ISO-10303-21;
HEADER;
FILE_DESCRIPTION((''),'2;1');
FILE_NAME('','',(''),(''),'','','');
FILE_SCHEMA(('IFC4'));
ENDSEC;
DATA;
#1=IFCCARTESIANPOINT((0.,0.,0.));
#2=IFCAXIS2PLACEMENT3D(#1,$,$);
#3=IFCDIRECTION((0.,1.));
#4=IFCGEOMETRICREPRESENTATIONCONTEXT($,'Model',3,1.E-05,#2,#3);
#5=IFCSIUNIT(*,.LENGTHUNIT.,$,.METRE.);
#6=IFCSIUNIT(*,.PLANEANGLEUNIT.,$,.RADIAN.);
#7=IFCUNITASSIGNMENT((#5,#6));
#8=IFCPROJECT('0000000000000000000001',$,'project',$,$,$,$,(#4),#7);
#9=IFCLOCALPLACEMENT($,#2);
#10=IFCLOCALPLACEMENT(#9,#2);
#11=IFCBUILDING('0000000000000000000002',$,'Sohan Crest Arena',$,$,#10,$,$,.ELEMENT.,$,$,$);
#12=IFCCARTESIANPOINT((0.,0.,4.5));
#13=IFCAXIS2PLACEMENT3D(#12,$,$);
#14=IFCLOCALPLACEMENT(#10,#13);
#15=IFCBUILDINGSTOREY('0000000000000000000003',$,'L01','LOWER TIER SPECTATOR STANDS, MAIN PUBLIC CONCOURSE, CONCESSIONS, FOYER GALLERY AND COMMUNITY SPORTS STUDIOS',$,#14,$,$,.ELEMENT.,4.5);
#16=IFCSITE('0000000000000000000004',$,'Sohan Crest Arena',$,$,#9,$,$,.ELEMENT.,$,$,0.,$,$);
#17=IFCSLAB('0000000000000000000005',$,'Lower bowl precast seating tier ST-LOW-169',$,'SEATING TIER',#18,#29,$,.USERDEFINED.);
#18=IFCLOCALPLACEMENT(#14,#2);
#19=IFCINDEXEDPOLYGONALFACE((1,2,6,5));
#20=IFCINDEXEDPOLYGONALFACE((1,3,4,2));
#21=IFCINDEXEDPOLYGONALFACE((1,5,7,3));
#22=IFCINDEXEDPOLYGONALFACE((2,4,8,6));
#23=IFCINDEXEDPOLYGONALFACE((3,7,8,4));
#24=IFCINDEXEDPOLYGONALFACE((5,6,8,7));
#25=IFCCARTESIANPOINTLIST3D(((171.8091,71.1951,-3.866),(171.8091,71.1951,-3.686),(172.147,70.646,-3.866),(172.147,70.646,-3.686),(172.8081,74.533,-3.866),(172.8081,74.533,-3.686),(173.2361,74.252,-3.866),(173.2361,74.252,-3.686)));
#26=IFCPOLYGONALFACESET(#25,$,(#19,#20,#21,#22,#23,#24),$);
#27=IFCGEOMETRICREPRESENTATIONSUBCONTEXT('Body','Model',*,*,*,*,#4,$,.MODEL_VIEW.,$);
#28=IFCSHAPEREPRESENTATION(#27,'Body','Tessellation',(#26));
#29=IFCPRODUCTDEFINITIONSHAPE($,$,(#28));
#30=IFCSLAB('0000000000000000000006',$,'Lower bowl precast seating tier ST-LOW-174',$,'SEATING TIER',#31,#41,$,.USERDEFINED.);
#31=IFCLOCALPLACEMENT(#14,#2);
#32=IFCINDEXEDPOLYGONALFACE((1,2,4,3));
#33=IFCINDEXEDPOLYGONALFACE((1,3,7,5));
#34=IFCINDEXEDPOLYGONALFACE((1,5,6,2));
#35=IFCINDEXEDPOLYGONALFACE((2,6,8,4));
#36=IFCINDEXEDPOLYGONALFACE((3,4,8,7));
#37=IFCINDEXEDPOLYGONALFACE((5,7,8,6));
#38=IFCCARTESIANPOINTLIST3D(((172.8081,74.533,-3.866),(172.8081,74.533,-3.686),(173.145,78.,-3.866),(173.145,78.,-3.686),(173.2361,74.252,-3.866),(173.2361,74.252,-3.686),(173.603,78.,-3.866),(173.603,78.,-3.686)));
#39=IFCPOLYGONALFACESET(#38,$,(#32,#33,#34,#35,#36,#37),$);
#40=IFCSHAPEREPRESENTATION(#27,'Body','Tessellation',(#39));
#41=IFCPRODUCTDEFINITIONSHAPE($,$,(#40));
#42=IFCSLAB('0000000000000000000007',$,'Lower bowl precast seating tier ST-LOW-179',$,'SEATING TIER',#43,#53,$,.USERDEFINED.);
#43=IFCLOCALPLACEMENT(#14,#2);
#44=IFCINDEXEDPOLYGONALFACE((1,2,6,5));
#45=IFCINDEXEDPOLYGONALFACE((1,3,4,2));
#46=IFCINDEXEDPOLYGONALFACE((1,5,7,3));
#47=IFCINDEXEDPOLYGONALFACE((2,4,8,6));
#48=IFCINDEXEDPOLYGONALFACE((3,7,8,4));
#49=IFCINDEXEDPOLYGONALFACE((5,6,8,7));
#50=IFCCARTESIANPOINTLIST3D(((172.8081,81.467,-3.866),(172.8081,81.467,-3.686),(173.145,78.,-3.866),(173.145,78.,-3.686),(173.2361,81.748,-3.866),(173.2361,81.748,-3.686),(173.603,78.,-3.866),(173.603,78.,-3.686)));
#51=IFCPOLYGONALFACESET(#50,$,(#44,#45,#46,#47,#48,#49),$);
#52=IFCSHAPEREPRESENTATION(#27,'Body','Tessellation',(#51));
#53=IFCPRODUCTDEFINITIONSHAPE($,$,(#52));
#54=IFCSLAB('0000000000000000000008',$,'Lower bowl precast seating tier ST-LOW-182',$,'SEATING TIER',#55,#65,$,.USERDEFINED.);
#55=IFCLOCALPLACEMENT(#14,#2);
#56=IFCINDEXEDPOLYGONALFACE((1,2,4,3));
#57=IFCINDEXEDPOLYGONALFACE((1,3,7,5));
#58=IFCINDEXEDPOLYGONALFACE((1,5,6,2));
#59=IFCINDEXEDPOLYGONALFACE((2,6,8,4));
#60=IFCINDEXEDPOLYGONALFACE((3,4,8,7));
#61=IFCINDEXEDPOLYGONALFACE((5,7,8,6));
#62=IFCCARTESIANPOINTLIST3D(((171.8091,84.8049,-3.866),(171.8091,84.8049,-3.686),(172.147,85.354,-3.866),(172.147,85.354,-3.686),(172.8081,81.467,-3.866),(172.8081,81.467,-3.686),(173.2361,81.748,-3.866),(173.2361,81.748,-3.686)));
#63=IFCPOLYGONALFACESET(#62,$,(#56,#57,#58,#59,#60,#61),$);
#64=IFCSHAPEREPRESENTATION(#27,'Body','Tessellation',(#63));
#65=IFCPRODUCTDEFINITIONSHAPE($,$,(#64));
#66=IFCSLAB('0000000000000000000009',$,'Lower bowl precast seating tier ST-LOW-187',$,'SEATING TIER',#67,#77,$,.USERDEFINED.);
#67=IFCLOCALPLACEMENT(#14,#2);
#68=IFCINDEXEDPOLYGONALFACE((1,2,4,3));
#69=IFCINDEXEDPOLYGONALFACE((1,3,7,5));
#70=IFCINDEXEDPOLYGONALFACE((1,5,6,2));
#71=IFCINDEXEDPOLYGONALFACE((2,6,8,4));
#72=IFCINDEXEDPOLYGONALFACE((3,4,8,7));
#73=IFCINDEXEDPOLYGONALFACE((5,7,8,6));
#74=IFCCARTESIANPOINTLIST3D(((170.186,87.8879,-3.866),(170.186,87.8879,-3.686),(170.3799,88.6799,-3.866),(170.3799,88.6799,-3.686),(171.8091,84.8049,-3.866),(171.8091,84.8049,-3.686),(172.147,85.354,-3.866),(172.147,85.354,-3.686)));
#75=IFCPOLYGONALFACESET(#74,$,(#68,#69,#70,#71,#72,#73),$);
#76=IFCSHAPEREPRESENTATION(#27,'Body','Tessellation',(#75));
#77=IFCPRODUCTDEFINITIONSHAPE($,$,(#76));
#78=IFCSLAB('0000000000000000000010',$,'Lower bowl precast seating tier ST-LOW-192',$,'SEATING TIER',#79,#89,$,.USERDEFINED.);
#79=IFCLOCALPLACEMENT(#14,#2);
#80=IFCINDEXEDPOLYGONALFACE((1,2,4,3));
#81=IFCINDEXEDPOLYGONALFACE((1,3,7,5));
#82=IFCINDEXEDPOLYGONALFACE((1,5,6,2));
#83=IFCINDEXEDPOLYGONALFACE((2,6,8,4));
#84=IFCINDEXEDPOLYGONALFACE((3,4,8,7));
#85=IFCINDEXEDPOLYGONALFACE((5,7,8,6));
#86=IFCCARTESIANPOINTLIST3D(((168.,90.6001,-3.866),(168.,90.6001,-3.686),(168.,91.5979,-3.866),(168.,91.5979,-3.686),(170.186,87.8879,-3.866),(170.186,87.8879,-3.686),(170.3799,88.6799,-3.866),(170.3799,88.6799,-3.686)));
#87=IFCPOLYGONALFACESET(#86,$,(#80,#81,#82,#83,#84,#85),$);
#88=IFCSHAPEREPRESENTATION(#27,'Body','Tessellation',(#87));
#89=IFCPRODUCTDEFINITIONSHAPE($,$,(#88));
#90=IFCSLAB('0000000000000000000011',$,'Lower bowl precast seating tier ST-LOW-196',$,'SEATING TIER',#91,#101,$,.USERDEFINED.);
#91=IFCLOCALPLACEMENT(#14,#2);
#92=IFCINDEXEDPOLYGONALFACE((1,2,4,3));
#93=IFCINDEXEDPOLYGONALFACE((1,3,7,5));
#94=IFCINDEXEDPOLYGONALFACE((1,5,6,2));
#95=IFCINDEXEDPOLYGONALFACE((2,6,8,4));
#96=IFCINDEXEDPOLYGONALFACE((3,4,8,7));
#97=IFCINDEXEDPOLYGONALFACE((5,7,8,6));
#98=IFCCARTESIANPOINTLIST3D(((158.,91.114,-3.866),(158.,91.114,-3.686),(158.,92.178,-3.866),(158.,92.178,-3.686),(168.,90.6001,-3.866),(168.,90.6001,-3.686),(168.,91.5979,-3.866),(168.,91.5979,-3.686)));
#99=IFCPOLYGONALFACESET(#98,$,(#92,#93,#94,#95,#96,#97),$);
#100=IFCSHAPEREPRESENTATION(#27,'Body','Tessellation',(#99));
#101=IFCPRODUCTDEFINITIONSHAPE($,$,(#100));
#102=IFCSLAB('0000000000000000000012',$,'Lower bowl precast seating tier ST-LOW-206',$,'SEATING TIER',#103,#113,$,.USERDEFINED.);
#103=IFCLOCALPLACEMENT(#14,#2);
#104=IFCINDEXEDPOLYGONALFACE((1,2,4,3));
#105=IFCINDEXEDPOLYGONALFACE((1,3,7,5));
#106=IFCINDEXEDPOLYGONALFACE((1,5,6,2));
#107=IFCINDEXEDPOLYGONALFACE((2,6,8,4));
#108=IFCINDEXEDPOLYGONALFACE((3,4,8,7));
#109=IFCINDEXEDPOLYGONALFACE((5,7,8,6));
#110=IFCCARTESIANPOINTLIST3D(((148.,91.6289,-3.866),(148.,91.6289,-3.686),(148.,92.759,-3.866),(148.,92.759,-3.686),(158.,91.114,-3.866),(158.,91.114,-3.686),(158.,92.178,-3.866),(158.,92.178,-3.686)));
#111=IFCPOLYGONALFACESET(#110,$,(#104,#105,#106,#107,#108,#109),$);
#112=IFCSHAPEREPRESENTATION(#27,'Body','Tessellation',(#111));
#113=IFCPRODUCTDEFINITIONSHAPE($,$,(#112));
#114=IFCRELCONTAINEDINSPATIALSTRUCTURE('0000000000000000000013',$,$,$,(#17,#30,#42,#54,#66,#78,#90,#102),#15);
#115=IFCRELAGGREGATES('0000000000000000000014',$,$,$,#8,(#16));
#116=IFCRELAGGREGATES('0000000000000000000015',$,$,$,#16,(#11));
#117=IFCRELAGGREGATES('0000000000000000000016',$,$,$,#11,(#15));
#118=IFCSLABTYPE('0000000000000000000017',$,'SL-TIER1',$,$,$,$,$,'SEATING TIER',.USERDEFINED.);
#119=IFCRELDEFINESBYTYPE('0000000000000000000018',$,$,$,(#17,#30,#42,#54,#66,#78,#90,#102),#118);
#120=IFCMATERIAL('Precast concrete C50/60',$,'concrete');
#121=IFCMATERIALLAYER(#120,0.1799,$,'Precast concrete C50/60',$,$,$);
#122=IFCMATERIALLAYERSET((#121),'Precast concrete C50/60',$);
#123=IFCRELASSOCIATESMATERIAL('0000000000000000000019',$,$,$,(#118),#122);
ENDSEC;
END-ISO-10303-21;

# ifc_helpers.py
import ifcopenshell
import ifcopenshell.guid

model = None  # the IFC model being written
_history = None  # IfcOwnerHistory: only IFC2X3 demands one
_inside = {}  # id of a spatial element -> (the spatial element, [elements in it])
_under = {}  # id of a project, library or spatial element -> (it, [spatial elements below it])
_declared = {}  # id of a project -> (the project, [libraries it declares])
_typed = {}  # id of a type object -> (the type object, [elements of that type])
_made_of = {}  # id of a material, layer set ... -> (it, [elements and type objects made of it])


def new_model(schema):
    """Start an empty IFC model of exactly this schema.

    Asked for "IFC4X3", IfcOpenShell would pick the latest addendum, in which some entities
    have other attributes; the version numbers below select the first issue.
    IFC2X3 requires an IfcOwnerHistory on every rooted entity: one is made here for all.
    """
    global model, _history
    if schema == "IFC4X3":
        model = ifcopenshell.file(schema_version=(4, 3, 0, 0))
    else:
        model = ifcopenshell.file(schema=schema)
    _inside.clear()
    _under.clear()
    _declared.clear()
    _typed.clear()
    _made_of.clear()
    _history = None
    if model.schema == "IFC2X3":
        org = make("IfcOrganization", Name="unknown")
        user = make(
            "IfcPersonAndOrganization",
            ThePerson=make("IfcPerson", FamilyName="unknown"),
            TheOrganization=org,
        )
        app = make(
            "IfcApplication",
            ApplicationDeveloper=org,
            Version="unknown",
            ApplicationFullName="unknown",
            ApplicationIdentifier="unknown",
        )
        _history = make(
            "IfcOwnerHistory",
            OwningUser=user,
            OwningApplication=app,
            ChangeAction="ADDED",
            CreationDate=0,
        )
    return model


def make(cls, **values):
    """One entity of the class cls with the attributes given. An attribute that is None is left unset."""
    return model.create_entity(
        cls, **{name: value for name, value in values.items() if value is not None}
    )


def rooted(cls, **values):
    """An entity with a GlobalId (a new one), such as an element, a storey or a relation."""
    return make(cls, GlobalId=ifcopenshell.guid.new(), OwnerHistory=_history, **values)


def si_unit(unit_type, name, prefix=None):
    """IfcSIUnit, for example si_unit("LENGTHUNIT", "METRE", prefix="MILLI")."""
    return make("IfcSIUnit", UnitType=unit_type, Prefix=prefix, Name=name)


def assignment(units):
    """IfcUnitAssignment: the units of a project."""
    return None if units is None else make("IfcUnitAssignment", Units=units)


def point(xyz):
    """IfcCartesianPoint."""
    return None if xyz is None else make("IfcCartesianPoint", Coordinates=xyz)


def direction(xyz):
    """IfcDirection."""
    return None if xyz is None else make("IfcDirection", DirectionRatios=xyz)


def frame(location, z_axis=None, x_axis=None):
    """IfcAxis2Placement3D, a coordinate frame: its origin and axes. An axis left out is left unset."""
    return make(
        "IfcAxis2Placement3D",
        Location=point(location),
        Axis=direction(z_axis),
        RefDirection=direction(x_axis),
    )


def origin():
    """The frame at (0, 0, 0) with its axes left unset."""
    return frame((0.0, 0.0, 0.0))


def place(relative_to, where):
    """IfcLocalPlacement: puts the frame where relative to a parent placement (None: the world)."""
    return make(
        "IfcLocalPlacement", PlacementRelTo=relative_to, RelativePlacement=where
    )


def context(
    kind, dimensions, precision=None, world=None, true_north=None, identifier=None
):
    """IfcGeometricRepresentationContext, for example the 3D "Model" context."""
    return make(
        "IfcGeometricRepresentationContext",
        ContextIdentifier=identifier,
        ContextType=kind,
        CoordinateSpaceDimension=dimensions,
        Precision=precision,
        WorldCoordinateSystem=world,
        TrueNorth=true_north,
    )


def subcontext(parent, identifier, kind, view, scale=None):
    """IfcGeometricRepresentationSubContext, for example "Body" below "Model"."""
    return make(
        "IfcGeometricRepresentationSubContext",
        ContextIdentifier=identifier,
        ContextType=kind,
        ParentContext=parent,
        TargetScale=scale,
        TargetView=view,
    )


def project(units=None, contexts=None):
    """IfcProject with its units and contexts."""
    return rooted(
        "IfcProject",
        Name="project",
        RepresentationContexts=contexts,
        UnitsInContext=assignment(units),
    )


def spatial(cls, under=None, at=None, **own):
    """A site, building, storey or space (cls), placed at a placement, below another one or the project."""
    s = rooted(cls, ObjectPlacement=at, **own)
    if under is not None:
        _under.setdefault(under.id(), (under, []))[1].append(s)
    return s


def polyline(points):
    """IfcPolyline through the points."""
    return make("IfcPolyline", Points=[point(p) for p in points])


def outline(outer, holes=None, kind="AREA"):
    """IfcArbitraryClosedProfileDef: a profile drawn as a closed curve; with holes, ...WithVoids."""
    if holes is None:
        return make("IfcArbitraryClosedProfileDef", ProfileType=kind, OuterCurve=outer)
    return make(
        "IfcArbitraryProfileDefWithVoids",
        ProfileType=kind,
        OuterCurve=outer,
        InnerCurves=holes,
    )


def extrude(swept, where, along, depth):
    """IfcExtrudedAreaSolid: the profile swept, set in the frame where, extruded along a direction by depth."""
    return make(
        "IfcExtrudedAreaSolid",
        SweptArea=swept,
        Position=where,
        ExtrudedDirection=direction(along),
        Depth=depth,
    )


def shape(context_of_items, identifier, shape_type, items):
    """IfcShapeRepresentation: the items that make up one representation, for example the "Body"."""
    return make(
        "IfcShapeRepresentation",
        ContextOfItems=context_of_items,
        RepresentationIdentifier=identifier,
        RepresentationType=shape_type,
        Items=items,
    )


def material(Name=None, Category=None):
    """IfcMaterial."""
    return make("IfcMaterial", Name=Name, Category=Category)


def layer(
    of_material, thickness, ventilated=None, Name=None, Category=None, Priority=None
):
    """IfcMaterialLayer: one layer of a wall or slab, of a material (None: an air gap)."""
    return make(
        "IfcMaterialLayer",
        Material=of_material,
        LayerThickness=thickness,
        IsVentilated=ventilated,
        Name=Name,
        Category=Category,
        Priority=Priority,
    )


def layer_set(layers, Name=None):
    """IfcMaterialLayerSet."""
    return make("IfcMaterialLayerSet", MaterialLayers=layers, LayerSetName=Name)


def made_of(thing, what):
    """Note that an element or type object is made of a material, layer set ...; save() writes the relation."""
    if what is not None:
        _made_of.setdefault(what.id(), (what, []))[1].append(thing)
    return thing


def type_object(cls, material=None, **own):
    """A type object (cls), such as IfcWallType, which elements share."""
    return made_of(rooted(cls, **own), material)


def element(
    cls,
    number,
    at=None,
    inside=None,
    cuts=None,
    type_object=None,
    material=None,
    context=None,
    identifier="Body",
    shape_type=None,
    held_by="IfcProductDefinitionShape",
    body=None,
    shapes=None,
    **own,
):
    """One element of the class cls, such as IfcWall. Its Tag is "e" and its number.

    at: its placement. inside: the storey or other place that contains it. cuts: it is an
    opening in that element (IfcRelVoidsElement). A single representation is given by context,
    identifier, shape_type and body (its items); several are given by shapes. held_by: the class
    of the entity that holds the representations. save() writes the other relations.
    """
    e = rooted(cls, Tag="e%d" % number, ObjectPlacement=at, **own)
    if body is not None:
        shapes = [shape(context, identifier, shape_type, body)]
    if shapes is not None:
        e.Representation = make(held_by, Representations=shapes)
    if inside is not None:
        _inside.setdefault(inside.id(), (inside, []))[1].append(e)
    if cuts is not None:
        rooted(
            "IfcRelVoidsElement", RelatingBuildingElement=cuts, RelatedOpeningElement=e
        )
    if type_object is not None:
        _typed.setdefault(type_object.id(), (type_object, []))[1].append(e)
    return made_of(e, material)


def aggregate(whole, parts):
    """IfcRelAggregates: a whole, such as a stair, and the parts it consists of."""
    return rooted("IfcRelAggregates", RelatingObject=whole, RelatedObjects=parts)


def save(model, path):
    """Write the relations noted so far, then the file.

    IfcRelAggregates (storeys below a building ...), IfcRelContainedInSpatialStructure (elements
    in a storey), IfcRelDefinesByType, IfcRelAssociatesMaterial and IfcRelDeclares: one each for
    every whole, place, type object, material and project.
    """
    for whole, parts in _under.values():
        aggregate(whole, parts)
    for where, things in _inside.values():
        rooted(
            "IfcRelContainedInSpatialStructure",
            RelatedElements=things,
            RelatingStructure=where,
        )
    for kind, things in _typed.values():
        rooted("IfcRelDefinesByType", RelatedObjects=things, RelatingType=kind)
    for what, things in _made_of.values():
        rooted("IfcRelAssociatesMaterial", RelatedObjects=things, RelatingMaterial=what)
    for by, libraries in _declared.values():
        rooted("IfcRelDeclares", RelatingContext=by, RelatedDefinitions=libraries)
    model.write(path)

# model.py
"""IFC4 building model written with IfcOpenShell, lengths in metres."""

from ifc_helpers import new_model, si_unit, direction, frame, origin, place, context, subcontext, project, spatial, polyline, outline, extrude, material, layer, layer_set, type_object, element, save


model = new_model("IFC4")

# Units and contexts
model_context = context("Model", 3, precision=1e-05, world=origin(), true_north=direction((0.0, 1.0)))
body_context = subcontext(model_context, "Body", "Model", "MODEL_VIEW")
ifc_project = project(units=[si_unit("LENGTHUNIT", "METRE"), si_unit("PLANEANGLEUNIT", "RADIAN")], contexts=[model_context])

# Site, building, storey
site_placement = place(None, origin())
site = spatial("IfcSite", under=ifc_project, at=site_placement, Name="Sohan Crest Arena", CompositionType="ELEMENT", RefElevation=0.0)
building_placement = place(site_placement, origin())
building = spatial("IfcBuilding", under=site, at=building_placement, Name="Sohan Crest Arena", CompositionType="ELEMENT")
storey_placement = place(building_placement, frame((0.0, 0.0, 4.5)))
storey = spatial("IfcBuildingStorey", under=building, at=storey_placement, Name="L01", Description="LOWER TIER SPECTATOR STANDS, MAIN PUBLIC CONCOURSE, CONCESSIONS, FOYER GALLERY AND COMMUNITY SPORTS STUDIOS", CompositionType="ELEMENT", Elevation=4.5)

# Slabs
ifc_material = material(Name="Precast concrete C50/60", Category="concrete")
ifc_layer = layer(ifc_material, 0.1799, Name="Precast concrete C50/60")
ifc_layer_set = layer_set([ifc_layer], Name="Precast concrete C50/60")
slab_type = type_object("IfcSlabType", Name="SL-TIER1", ElementType="SEATING TIER", PredefinedType="USERDEFINED", material=ifc_layer_set)
slab_1_placement = place(storey_placement, frame((0.0, 0.0, -3.866)))
element("IfcSlab", 1, at=slab_1_placement, inside=storey, type_object=slab_type, Name="Lower bowl precast seating tier ST-LOW-169", ObjectType="SEATING TIER", PredefinedType="USERDEFINED", context=body_context, shape_type="SweptSolid", body=[
    extrude(outline(polyline([(171.8091, 71.1951), (172.8081, 74.533), (173.2361, 74.252), (172.147, 70.646), (171.8091, 71.1951)])), origin(), (0.0, 0.0, 1.0), 0.1799),
])
slab_2_placement = place(storey_placement, frame((0.0, 0.0, -3.866)))
element("IfcSlab", 2, at=slab_2_placement, inside=storey, type_object=slab_type, Name="Lower bowl precast seating tier ST-LOW-174", ObjectType="SEATING TIER", PredefinedType="USERDEFINED", context=body_context, shape_type="SweptSolid", body=[
    extrude(outline(polyline([(172.8081, 74.533), (173.145, 78.0), (173.603, 78.0), (173.2361, 74.252), (172.8081, 74.533)])), origin(), (0.0, 0.0, 1.0), 0.1799),
])
slab_3_placement = place(storey_placement, frame((0.0, 0.0, -3.866)))
element("IfcSlab", 3, at=slab_3_placement, inside=storey, type_object=slab_type, Name="Lower bowl precast seating tier ST-LOW-179", ObjectType="SEATING TIER", PredefinedType="USERDEFINED", context=body_context, shape_type="SweptSolid", body=[
    extrude(outline(polyline([(173.145, 78.0), (172.8081, 81.467), (173.2361, 81.748), (173.603, 78.0), (173.145, 78.0)])), origin(), (0.0, 0.0, 1.0), 0.1799),
])
slab_4_placement = place(storey_placement, frame((0.0, 0.0, -3.866)))
element("IfcSlab", 4, at=slab_4_placement, inside=storey, type_object=slab_type, Name="Lower bowl precast seating tier ST-LOW-182", ObjectType="SEATING TIER", PredefinedType="USERDEFINED", context=body_context, shape_type="SweptSolid", body=[
    extrude(outline(polyline([(172.8081, 81.467), (171.8091, 84.8049), (172.147, 85.354), (173.2361, 81.748), (172.8081, 81.467)])), origin(), (0.0, 0.0, 1.0), 0.1799),
])
slab_5_placement = place(storey_placement, frame((0.0, 0.0, -3.866)))
element("IfcSlab", 5, at=slab_5_placement, inside=storey, type_object=slab_type, Name="Lower bowl precast seating tier ST-LOW-187", ObjectType="SEATING TIER", PredefinedType="USERDEFINED", context=body_context, shape_type="SweptSolid", body=[
    extrude(outline(polyline([(171.8091, 84.8049), (170.186, 87.8879), (170.3799, 88.6799), (172.147, 85.354), (171.8091, 84.8049)])), origin(), (0.0, 0.0, 1.0), 0.1799),
])
slab_6_placement = place(storey_placement, frame((0.0, 0.0, -3.866)))
element("IfcSlab", 6, at=slab_6_placement, inside=storey, type_object=slab_type, Name="Lower bowl precast seating tier ST-LOW-192", ObjectType="SEATING TIER", PredefinedType="USERDEFINED", context=body_context, shape_type="SweptSolid", body=[
    extrude(outline(polyline([(170.186, 87.8879), (168.0, 90.6001), (168.0, 91.5979), (170.3799, 88.6799), (170.186, 87.8879)])), origin(), (0.0, 0.0, 1.0), 0.1799),
])
slab_7_placement = place(storey_placement, frame((0.0, 0.0, -3.866)))
element("IfcSlab", 7, at=slab_7_placement, inside=storey, type_object=slab_type, Name="Lower bowl precast seating tier ST-LOW-196", ObjectType="SEATING TIER", PredefinedType="USERDEFINED", context=body_context, shape_type="SweptSolid", body=[
    extrude(outline(polyline([(168.0, 90.6001), (158.0, 91.114), (158.0, 92.178), (168.0, 91.5979), (168.0, 90.6001)])), origin(), (0.0, 0.0, 1.0), 0.1799),
])
slab_8_placement = place(storey_placement, frame((0.0, 0.0, -3.866)))
element("IfcSlab", 8, at=slab_8_placement, inside=storey, type_object=slab_type, Name="Lower bowl precast seating tier ST-LOW-206", ObjectType="SEATING TIER", PredefinedType="USERDEFINED", context=body_context, shape_type="SweptSolid", body=[
    extrude(outline(polyline([(158.0, 91.114), (148.0, 91.6289), (148.0, 92.759), (158.0, 92.178), (158.0, 91.114)])), origin(), (0.0, 0.0, 1.0), 0.1799),
])

save(model, "model.ifc")
